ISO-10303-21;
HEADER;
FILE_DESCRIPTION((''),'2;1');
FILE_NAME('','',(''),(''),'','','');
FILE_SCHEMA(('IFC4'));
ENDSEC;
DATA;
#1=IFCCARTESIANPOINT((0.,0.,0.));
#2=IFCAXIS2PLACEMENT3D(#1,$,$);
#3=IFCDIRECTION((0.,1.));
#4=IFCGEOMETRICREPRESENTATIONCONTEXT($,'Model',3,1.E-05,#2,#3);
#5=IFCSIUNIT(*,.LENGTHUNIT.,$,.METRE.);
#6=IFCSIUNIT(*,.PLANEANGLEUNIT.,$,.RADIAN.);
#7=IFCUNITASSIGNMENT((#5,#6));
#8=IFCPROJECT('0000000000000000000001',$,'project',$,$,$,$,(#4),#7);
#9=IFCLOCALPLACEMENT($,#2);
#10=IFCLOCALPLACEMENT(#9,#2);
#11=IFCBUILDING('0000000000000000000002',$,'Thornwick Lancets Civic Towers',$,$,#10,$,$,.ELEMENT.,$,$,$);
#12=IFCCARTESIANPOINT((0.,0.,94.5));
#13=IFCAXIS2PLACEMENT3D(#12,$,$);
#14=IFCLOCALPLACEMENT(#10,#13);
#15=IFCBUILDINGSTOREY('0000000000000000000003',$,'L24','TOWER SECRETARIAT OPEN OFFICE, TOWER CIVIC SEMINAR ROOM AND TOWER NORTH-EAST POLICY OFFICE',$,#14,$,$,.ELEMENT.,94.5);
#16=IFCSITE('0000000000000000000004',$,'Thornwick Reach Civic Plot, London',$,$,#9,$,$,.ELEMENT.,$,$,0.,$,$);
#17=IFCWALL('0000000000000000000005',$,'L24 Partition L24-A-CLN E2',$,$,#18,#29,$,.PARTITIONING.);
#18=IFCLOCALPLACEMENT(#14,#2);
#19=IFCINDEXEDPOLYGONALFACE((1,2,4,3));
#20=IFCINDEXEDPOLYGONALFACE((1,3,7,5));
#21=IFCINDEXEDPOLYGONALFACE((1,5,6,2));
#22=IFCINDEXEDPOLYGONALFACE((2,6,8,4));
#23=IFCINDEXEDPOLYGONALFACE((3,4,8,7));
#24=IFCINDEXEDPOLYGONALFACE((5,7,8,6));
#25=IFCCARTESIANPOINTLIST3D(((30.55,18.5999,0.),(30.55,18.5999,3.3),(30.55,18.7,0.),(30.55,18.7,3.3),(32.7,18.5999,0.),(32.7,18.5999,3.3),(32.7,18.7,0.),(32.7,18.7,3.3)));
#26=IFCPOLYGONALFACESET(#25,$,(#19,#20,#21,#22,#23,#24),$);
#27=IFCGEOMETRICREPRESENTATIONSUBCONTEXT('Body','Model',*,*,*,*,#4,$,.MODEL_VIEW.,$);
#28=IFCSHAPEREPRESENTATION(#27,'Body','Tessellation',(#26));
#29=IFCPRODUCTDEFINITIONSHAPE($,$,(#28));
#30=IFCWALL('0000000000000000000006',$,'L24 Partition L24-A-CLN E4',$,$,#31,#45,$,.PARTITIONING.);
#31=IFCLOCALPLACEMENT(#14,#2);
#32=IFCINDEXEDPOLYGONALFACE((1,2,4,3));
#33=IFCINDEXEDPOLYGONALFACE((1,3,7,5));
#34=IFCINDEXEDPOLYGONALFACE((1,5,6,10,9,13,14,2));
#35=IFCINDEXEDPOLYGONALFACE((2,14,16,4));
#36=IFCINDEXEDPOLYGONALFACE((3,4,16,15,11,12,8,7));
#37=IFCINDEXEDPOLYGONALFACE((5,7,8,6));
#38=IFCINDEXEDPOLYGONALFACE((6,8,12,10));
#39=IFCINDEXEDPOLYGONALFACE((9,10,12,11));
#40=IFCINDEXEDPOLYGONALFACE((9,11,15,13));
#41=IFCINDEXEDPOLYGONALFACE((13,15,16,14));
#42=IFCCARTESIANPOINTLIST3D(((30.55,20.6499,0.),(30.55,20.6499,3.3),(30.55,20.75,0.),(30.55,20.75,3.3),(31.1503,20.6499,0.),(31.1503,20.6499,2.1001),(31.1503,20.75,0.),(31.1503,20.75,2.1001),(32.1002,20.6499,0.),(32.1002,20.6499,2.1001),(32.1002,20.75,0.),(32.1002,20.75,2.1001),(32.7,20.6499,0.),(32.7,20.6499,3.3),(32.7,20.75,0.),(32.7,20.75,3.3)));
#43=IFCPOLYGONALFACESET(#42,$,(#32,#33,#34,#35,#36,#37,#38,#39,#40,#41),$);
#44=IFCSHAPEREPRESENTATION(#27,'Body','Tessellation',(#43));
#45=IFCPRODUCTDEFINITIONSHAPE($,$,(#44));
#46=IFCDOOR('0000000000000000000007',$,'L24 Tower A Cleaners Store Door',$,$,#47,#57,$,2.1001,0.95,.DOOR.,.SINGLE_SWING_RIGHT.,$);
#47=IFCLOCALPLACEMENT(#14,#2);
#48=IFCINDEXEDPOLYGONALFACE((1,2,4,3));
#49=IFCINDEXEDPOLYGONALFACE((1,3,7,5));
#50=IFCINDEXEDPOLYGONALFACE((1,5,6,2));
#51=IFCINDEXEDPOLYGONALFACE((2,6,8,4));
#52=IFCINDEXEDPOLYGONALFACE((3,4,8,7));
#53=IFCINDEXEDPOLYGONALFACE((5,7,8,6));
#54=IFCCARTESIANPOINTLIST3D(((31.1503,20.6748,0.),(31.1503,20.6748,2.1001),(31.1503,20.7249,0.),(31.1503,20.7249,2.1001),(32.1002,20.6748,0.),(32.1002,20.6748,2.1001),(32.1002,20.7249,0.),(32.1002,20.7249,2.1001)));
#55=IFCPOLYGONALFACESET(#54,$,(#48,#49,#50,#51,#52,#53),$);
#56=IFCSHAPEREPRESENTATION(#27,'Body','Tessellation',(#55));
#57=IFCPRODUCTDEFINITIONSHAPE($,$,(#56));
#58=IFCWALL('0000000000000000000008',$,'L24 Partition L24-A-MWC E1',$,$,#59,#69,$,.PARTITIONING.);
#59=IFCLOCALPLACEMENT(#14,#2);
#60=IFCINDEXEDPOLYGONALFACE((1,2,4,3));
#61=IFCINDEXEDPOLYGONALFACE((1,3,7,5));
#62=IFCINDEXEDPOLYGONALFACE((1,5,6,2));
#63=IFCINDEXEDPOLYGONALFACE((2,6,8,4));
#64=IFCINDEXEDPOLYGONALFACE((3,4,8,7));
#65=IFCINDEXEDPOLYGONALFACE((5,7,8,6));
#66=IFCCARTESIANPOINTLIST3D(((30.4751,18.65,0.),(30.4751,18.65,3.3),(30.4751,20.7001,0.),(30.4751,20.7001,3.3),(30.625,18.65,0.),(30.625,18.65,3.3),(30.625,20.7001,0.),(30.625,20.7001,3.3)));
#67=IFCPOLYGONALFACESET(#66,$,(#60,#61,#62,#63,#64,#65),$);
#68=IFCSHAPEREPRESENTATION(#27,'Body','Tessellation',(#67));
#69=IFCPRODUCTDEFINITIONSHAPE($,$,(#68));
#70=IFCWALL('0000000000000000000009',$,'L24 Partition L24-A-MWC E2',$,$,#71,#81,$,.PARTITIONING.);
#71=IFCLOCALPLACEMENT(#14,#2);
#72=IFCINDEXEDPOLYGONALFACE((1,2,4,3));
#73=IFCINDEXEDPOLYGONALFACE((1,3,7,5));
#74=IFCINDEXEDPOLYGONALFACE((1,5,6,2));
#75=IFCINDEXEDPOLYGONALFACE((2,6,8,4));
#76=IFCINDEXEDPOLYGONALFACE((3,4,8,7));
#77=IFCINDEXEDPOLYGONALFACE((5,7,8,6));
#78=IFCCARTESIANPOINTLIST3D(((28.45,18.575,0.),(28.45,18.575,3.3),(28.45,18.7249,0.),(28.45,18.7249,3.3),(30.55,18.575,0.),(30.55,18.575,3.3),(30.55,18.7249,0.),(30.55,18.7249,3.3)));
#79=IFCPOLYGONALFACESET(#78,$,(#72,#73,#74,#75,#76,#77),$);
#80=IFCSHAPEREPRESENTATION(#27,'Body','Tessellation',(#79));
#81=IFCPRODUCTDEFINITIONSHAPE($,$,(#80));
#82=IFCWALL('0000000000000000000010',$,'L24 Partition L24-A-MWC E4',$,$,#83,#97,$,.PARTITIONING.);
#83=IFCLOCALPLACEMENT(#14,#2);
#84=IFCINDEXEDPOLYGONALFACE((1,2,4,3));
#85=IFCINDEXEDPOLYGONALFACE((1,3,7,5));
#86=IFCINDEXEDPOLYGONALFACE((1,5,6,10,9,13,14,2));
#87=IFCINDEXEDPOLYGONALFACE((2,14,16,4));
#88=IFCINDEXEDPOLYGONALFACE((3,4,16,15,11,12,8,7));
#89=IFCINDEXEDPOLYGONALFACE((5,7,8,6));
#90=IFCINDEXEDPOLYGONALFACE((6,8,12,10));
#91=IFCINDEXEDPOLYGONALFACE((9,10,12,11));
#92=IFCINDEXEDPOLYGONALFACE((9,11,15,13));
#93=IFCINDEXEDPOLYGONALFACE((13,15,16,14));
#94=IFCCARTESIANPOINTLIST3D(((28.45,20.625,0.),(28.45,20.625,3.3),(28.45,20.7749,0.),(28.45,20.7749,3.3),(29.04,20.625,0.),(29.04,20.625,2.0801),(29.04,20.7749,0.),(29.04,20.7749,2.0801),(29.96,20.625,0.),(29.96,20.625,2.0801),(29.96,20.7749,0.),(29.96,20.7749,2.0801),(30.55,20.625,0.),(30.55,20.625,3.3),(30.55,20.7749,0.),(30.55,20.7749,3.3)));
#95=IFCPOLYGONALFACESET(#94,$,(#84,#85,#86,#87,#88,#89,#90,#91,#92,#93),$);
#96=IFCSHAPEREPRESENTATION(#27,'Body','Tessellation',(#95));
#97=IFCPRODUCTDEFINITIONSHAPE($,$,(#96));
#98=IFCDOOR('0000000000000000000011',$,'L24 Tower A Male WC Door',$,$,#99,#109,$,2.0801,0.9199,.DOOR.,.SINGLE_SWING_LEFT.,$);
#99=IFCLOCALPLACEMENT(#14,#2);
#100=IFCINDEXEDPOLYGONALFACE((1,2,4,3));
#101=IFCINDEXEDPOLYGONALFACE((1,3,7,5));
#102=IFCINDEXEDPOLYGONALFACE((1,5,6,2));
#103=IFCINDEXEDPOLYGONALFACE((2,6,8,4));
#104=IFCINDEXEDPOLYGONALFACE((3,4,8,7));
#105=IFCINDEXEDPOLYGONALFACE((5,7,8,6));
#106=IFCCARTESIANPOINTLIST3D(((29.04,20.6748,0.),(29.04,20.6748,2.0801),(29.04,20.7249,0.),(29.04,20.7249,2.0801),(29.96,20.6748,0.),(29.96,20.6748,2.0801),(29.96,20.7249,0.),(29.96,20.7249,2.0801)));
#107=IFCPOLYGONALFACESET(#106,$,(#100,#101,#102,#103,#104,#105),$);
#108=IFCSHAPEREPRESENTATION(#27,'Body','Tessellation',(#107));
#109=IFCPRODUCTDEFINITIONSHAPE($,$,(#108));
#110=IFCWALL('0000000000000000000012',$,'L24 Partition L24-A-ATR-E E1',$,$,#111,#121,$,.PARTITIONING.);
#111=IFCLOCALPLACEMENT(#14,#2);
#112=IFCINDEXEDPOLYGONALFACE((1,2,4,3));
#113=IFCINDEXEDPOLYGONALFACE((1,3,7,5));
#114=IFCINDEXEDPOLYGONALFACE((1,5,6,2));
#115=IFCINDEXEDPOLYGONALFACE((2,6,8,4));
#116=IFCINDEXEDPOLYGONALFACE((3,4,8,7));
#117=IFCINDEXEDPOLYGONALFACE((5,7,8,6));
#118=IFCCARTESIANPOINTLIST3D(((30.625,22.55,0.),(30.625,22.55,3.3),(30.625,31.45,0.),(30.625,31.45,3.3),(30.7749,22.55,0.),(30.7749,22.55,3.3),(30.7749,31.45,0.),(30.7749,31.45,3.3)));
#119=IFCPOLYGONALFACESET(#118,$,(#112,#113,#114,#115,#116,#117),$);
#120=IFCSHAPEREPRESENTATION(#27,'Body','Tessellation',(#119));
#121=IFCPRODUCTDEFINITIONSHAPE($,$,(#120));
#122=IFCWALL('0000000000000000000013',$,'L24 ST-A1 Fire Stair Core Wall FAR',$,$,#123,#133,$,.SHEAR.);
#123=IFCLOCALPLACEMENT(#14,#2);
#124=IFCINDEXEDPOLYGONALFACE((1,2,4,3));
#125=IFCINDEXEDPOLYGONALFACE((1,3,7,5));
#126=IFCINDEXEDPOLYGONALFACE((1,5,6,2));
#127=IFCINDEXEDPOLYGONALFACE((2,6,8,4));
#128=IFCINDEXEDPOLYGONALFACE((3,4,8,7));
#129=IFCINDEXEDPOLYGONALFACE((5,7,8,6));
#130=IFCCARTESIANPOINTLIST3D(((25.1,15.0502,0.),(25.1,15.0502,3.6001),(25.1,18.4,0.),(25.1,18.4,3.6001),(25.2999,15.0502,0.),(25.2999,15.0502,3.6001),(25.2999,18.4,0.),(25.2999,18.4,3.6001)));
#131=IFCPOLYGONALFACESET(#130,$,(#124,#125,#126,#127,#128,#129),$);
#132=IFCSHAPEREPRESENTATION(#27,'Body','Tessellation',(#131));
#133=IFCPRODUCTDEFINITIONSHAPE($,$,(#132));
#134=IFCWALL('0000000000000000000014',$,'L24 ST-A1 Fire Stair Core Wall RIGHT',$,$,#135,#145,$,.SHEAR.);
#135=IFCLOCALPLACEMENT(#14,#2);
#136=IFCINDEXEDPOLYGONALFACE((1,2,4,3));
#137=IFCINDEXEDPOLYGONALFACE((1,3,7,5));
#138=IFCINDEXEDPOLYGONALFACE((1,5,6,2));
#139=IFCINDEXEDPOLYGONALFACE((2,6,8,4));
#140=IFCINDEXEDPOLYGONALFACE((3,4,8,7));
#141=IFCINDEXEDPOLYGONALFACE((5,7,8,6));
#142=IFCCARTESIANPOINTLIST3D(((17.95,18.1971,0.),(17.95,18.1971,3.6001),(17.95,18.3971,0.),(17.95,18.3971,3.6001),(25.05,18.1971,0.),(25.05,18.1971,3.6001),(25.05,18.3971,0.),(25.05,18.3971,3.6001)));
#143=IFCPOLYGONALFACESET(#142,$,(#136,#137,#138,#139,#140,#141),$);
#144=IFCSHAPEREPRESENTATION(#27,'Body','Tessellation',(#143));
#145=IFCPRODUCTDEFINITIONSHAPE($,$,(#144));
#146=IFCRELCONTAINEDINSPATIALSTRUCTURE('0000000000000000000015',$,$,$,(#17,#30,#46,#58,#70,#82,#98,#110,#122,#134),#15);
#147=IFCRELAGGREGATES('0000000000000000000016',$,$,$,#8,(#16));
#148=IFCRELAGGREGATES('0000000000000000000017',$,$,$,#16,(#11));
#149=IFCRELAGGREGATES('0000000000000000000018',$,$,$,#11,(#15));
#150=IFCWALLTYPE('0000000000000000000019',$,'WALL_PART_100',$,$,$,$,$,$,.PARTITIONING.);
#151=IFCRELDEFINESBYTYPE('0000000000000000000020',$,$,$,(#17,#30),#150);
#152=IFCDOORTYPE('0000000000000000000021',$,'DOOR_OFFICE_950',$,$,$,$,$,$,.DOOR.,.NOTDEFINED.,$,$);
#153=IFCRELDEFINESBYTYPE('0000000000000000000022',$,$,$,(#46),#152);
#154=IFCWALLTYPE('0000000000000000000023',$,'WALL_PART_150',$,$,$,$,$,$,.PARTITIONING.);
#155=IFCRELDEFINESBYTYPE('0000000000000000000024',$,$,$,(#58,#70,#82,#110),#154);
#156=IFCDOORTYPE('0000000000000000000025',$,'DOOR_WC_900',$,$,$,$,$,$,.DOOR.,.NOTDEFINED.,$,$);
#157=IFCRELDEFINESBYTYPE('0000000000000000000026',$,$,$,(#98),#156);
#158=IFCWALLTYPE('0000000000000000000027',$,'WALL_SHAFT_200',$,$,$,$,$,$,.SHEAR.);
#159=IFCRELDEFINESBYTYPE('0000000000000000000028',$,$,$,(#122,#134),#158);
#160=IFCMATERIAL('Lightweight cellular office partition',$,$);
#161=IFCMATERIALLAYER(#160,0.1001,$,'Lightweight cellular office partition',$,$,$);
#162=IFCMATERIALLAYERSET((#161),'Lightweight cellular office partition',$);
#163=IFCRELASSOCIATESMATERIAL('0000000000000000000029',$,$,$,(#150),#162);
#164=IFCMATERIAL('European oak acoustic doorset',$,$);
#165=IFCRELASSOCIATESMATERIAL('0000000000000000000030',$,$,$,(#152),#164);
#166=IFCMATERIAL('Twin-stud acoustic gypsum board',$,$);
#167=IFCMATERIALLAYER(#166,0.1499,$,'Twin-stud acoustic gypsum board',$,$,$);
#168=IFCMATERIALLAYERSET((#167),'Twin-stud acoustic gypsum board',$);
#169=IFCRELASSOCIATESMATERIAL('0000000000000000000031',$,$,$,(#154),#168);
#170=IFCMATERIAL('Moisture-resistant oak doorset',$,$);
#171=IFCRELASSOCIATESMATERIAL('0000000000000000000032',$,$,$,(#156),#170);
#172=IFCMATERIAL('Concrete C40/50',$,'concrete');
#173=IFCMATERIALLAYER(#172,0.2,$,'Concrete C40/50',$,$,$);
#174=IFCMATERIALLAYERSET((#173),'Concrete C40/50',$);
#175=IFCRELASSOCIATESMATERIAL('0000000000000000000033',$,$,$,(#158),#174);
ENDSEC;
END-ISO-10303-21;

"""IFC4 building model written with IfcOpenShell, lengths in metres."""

from ifc_helpers import new_model, si_unit, direction, frame, frame_2d, origin, place, context, subcontext, project, spatial, rectangle, extrude, material, layer, layer_set, type_object, element, fill, save


model = new_model("IFC4")

# Units and contexts
model_context = context("Model", 3, precision=1e-05, world=origin(), true_north=direction((0.0, 1.0)))
body_context = subcontext(model_context, "Body", "Model", "MODEL_VIEW")
ifc_project = project(units=[si_unit("LENGTHUNIT", "METRE"), si_unit("PLANEANGLEUNIT", "RADIAN")], contexts=[model_context])

# Site, building, storey
site_placement = place(None, origin())
site = spatial("IfcSite", under=ifc_project, at=site_placement, Name="Thornwick Reach Civic Plot, London", CompositionType="ELEMENT", RefElevation=0.0)
building_placement = place(site_placement, origin())
building = spatial("IfcBuilding", under=site, at=building_placement, Name="Thornwick Lancets Civic Towers", CompositionType="ELEMENT")
storey_placement = place(building_placement, frame((0.0, 0.0, 94.5)))
storey = spatial("IfcBuildingStorey", under=building, at=storey_placement, Name="L24", Description="TOWER SECRETARIAT OPEN OFFICE, TOWER CIVIC SEMINAR ROOM AND TOWER NORTH-EAST POLICY OFFICE", CompositionType="ELEMENT", Elevation=94.5)

# Wall
ifc_material_1 = material(Name="Lightweight cellular office partition")
ifc_layer_1 = layer(ifc_material_1, 0.1001, Name="Lightweight cellular office partition")
ifc_layer_set_1 = layer_set([ifc_layer_1], Name="Lightweight cellular office partition")
wall_type_1 = type_object("IfcWallType", Name="WALL_PART_100", PredefinedType="PARTITIONING", material=ifc_layer_set_1)
wall_1_placement = place(storey_placement, frame((32.7, 18.6499, 0.0), z_axis=(0.0, 0.0, 1.0), x_axis=(-1.0, 0.0, 0.0)))
element("IfcWall", 1, at=wall_1_placement, inside=storey, type_object=wall_type_1, Name="L24 Partition L24-A-CLN E2", PredefinedType="PARTITIONING", context=body_context, shape_type="SweptSolid", body=[
    extrude(rectangle(XDim=2.1499, YDim=0.1001, at=frame_2d((1.075, 0.0))), origin(), (0.0, 0.0, 1.0), 3.3),
])

# Wall, opening, door
wall_2_placement = place(storey_placement, frame((30.55, 20.7, 0.0), z_axis=(0.0, 0.0, 1.0), x_axis=(1.0, 0.0, 0.0)))
wall_2 = element("IfcWall", 2, at=wall_2_placement, inside=storey, type_object=wall_type_1, Name="L24 Partition L24-A-CLN E4", PredefinedType="PARTITIONING", context=body_context, shape_type="SweptSolid", body=[
    extrude(rectangle(XDim=2.1499, YDim=0.1001, at=frame_2d((1.075, 0.0))), origin(), (0.0, 0.0, 1.0), 3.3),
])
opening_1_placement = place(wall_2_placement, frame((0.6001, 0.0, 0.0)))
opening_1 = element("IfcOpeningElement", 3, at=opening_1_placement, cuts=wall_2, PredefinedType="OPENING", context=body_context, shape_type="SweptSolid", body=[
    extrude(rectangle(XDim=0.95, YDim=2.1001, at=frame_2d((0.4751, 1.05))), frame((0.0, 0.0601, 0.0), z_axis=(0.0, -1.0, 0.0), x_axis=(1.0, 0.0, 0.0)), (0.0, 0.0, 1.0), 0.1201),
])
ifc_material_2 = material(Name="European oak acoustic doorset")
door_type_1 = type_object("IfcDoorType", Name="DOOR_OFFICE_950", OperationType="NOTDEFINED", PredefinedType="DOOR", material=ifc_material_2)
door_1_placement = place(opening_1_placement, origin())
door_1 = element("IfcDoor", 4, at=door_1_placement, inside=storey, type_object=door_type_1, Name="L24 Tower A Cleaners Store Door", OperationType="SINGLE_SWING_RIGHT", OverallHeight=2.1001, OverallWidth=0.95, PredefinedType="DOOR", context=body_context, shape_type="SweptSolid", body=[
    extrude(rectangle(XDim=0.95, YDim=2.1001, at=frame_2d((0.4751, 1.05))), frame((0.0, 0.0249, 0.0), z_axis=(0.0, -1.0, 0.0), x_axis=(1.0, 0.0, 0.0)), (0.0, 0.0, 1.0), 0.05),
])
fill(opening_1, door_1)

# Walls
ifc_material_3 = material(Name="Twin-stud acoustic gypsum board")
ifc_layer_2 = layer(ifc_material_3, 0.1499, Name="Twin-stud acoustic gypsum board")
ifc_layer_set_2 = layer_set([ifc_layer_2], Name="Twin-stud acoustic gypsum board")
wall_type_2 = type_object("IfcWallType", Name="WALL_PART_150", PredefinedType="PARTITIONING", material=ifc_layer_set_2)
wall_3_placement = place(storey_placement, frame((30.55, 20.7, 0.0), z_axis=(0.0, 0.0, 1.0), x_axis=(0.0, -1.0, 0.0)))
element("IfcWall", 5, at=wall_3_placement, inside=storey, type_object=wall_type_2, Name="L24 Partition L24-A-MWC E1", PredefinedType="PARTITIONING", context=body_context, shape_type="SweptSolid", body=[
    extrude(rectangle(XDim=2.05, YDim=0.1499, at=frame_2d((1.0249, 0.0))), origin(), (0.0, 0.0, 1.0), 3.3),
])
wall_4_placement = place(storey_placement, frame((30.55, 18.6499, 0.0), z_axis=(0.0, 0.0, 1.0), x_axis=(-1.0, 0.0, 0.0)))
element("IfcWall", 6, at=wall_4_placement, inside=storey, type_object=wall_type_2, Name="L24 Partition L24-A-MWC E2", PredefinedType="PARTITIONING", context=body_context, shape_type="SweptSolid", body=[
    extrude(rectangle(XDim=2.1001, YDim=0.1499, at=frame_2d((1.05, 0.0))), origin(), (0.0, 0.0, 1.0), 3.3),
])

# Wall, opening, door
wall_5_placement = place(storey_placement, frame((28.45, 20.7, 0.0), z_axis=(0.0, 0.0, 1.0), x_axis=(1.0, 0.0, 0.0)))
wall_5 = element("IfcWall", 7, at=wall_5_placement, inside=storey, type_object=wall_type_2, Name="L24 Partition L24-A-MWC E4", PredefinedType="PARTITIONING", context=body_context, shape_type="SweptSolid", body=[
    extrude(rectangle(XDim=2.1001, YDim=0.1499, at=frame_2d((1.05, 0.0))), origin(), (0.0, 0.0, 1.0), 3.3),
])
opening_2_placement = place(wall_5_placement, frame((0.5901, 0.0, 0.0)))
opening_2 = element("IfcOpeningElement", 8, at=opening_2_placement, cuts=wall_5, PredefinedType="OPENING", context=body_context, shape_type="SweptSolid", body=[
    extrude(rectangle(XDim=0.9199, YDim=2.0801, at=frame_2d((0.46, 1.04))), frame((0.0, 0.085, 0.0), z_axis=(0.0, -1.0, 0.0), x_axis=(1.0, 0.0, 0.0)), (0.0, 0.0, 1.0), 0.1699),
])
ifc_material_4 = material(Name="Moisture-resistant oak doorset")
door_type_2 = type_object("IfcDoorType", Name="DOOR_WC_900", OperationType="NOTDEFINED", PredefinedType="DOOR", material=ifc_material_4)
door_2_placement = place(opening_2_placement, origin())
door_2 = element("IfcDoor", 9, at=door_2_placement, inside=storey, type_object=door_type_2, Name="L24 Tower A Male WC Door", OperationType="SINGLE_SWING_LEFT", OverallHeight=2.0801, OverallWidth=0.9199, PredefinedType="DOOR", context=body_context, shape_type="SweptSolid", body=[
    extrude(rectangle(XDim=0.9199, YDim=2.0801, at=frame_2d((0.46, 1.04))), frame((0.0, 0.0249, 0.0), z_axis=(0.0, -1.0, 0.0), x_axis=(1.0, 0.0, 0.0)), (0.0, 0.0, 1.0), 0.05),
])
fill(opening_2, door_2)

# Walls
wall_6_placement = place(storey_placement, frame((30.7, 22.55, 0.0), z_axis=(0.0, 0.0, 1.0), x_axis=(0.0, 1.0, 0.0)))
element("IfcWall", 10, at=wall_6_placement, inside=storey, type_object=wall_type_2, Name="L24 Partition L24-A-ATR-E E1", PredefinedType="PARTITIONING", context=body_context, shape_type="SweptSolid", body=[
    extrude(rectangle(XDim=8.8999, YDim=0.1499, at=frame_2d((4.45, 0.0))), origin(), (0.0, 0.0, 1.0), 3.3),
])
ifc_material_5 = material(Name="Concrete C40/50", Category="concrete")
ifc_layer_3 = layer(ifc_material_5, 0.2, Name="Concrete C40/50")
ifc_layer_set_3 = layer_set([ifc_layer_3], Name="Concrete C40/50")
wall_type_3 = type_object("IfcWallType", Name="WALL_SHAFT_200", PredefinedType="SHEAR", material=ifc_layer_set_3)
wall_7_placement = place(storey_placement, frame((25.2, 18.3999, 0.0), z_axis=(0.0, 0.0, 1.0), x_axis=(0.0, -1.0, 0.0)))
element("IfcWall", 11, at=wall_7_placement, inside=storey, type_object=wall_type_3, Name="L24 ST-A1 Fire Stair Core Wall FAR", PredefinedType="SHEAR", context=body_context, shape_type="SweptSolid", body=[
    extrude(rectangle(XDim=3.3499, YDim=0.2, at=frame_2d((1.6748, 0.0))), origin(), (0.0, 0.0, 1.0), 3.6001),
])
wall_8_placement = place(storey_placement, frame((25.05, 18.2971, 0.0), z_axis=(0.0, 0.0, 1.0), x_axis=(-1.0, 0.0, 0.0)))
element("IfcWall", 12, at=wall_8_placement, inside=storey, type_object=wall_type_3, Name="L24 ST-A1 Fire Stair Core Wall RIGHT", PredefinedType="SHEAR", context=body_context, shape_type="SweptSolid", body=[
    extrude(rectangle(XDim=7.1001, YDim=0.2, at=frame_2d((3.55, 0.0))), origin(), (0.0, 0.0, 1.0), 3.6001),
])

save(model, "model.ifc")
